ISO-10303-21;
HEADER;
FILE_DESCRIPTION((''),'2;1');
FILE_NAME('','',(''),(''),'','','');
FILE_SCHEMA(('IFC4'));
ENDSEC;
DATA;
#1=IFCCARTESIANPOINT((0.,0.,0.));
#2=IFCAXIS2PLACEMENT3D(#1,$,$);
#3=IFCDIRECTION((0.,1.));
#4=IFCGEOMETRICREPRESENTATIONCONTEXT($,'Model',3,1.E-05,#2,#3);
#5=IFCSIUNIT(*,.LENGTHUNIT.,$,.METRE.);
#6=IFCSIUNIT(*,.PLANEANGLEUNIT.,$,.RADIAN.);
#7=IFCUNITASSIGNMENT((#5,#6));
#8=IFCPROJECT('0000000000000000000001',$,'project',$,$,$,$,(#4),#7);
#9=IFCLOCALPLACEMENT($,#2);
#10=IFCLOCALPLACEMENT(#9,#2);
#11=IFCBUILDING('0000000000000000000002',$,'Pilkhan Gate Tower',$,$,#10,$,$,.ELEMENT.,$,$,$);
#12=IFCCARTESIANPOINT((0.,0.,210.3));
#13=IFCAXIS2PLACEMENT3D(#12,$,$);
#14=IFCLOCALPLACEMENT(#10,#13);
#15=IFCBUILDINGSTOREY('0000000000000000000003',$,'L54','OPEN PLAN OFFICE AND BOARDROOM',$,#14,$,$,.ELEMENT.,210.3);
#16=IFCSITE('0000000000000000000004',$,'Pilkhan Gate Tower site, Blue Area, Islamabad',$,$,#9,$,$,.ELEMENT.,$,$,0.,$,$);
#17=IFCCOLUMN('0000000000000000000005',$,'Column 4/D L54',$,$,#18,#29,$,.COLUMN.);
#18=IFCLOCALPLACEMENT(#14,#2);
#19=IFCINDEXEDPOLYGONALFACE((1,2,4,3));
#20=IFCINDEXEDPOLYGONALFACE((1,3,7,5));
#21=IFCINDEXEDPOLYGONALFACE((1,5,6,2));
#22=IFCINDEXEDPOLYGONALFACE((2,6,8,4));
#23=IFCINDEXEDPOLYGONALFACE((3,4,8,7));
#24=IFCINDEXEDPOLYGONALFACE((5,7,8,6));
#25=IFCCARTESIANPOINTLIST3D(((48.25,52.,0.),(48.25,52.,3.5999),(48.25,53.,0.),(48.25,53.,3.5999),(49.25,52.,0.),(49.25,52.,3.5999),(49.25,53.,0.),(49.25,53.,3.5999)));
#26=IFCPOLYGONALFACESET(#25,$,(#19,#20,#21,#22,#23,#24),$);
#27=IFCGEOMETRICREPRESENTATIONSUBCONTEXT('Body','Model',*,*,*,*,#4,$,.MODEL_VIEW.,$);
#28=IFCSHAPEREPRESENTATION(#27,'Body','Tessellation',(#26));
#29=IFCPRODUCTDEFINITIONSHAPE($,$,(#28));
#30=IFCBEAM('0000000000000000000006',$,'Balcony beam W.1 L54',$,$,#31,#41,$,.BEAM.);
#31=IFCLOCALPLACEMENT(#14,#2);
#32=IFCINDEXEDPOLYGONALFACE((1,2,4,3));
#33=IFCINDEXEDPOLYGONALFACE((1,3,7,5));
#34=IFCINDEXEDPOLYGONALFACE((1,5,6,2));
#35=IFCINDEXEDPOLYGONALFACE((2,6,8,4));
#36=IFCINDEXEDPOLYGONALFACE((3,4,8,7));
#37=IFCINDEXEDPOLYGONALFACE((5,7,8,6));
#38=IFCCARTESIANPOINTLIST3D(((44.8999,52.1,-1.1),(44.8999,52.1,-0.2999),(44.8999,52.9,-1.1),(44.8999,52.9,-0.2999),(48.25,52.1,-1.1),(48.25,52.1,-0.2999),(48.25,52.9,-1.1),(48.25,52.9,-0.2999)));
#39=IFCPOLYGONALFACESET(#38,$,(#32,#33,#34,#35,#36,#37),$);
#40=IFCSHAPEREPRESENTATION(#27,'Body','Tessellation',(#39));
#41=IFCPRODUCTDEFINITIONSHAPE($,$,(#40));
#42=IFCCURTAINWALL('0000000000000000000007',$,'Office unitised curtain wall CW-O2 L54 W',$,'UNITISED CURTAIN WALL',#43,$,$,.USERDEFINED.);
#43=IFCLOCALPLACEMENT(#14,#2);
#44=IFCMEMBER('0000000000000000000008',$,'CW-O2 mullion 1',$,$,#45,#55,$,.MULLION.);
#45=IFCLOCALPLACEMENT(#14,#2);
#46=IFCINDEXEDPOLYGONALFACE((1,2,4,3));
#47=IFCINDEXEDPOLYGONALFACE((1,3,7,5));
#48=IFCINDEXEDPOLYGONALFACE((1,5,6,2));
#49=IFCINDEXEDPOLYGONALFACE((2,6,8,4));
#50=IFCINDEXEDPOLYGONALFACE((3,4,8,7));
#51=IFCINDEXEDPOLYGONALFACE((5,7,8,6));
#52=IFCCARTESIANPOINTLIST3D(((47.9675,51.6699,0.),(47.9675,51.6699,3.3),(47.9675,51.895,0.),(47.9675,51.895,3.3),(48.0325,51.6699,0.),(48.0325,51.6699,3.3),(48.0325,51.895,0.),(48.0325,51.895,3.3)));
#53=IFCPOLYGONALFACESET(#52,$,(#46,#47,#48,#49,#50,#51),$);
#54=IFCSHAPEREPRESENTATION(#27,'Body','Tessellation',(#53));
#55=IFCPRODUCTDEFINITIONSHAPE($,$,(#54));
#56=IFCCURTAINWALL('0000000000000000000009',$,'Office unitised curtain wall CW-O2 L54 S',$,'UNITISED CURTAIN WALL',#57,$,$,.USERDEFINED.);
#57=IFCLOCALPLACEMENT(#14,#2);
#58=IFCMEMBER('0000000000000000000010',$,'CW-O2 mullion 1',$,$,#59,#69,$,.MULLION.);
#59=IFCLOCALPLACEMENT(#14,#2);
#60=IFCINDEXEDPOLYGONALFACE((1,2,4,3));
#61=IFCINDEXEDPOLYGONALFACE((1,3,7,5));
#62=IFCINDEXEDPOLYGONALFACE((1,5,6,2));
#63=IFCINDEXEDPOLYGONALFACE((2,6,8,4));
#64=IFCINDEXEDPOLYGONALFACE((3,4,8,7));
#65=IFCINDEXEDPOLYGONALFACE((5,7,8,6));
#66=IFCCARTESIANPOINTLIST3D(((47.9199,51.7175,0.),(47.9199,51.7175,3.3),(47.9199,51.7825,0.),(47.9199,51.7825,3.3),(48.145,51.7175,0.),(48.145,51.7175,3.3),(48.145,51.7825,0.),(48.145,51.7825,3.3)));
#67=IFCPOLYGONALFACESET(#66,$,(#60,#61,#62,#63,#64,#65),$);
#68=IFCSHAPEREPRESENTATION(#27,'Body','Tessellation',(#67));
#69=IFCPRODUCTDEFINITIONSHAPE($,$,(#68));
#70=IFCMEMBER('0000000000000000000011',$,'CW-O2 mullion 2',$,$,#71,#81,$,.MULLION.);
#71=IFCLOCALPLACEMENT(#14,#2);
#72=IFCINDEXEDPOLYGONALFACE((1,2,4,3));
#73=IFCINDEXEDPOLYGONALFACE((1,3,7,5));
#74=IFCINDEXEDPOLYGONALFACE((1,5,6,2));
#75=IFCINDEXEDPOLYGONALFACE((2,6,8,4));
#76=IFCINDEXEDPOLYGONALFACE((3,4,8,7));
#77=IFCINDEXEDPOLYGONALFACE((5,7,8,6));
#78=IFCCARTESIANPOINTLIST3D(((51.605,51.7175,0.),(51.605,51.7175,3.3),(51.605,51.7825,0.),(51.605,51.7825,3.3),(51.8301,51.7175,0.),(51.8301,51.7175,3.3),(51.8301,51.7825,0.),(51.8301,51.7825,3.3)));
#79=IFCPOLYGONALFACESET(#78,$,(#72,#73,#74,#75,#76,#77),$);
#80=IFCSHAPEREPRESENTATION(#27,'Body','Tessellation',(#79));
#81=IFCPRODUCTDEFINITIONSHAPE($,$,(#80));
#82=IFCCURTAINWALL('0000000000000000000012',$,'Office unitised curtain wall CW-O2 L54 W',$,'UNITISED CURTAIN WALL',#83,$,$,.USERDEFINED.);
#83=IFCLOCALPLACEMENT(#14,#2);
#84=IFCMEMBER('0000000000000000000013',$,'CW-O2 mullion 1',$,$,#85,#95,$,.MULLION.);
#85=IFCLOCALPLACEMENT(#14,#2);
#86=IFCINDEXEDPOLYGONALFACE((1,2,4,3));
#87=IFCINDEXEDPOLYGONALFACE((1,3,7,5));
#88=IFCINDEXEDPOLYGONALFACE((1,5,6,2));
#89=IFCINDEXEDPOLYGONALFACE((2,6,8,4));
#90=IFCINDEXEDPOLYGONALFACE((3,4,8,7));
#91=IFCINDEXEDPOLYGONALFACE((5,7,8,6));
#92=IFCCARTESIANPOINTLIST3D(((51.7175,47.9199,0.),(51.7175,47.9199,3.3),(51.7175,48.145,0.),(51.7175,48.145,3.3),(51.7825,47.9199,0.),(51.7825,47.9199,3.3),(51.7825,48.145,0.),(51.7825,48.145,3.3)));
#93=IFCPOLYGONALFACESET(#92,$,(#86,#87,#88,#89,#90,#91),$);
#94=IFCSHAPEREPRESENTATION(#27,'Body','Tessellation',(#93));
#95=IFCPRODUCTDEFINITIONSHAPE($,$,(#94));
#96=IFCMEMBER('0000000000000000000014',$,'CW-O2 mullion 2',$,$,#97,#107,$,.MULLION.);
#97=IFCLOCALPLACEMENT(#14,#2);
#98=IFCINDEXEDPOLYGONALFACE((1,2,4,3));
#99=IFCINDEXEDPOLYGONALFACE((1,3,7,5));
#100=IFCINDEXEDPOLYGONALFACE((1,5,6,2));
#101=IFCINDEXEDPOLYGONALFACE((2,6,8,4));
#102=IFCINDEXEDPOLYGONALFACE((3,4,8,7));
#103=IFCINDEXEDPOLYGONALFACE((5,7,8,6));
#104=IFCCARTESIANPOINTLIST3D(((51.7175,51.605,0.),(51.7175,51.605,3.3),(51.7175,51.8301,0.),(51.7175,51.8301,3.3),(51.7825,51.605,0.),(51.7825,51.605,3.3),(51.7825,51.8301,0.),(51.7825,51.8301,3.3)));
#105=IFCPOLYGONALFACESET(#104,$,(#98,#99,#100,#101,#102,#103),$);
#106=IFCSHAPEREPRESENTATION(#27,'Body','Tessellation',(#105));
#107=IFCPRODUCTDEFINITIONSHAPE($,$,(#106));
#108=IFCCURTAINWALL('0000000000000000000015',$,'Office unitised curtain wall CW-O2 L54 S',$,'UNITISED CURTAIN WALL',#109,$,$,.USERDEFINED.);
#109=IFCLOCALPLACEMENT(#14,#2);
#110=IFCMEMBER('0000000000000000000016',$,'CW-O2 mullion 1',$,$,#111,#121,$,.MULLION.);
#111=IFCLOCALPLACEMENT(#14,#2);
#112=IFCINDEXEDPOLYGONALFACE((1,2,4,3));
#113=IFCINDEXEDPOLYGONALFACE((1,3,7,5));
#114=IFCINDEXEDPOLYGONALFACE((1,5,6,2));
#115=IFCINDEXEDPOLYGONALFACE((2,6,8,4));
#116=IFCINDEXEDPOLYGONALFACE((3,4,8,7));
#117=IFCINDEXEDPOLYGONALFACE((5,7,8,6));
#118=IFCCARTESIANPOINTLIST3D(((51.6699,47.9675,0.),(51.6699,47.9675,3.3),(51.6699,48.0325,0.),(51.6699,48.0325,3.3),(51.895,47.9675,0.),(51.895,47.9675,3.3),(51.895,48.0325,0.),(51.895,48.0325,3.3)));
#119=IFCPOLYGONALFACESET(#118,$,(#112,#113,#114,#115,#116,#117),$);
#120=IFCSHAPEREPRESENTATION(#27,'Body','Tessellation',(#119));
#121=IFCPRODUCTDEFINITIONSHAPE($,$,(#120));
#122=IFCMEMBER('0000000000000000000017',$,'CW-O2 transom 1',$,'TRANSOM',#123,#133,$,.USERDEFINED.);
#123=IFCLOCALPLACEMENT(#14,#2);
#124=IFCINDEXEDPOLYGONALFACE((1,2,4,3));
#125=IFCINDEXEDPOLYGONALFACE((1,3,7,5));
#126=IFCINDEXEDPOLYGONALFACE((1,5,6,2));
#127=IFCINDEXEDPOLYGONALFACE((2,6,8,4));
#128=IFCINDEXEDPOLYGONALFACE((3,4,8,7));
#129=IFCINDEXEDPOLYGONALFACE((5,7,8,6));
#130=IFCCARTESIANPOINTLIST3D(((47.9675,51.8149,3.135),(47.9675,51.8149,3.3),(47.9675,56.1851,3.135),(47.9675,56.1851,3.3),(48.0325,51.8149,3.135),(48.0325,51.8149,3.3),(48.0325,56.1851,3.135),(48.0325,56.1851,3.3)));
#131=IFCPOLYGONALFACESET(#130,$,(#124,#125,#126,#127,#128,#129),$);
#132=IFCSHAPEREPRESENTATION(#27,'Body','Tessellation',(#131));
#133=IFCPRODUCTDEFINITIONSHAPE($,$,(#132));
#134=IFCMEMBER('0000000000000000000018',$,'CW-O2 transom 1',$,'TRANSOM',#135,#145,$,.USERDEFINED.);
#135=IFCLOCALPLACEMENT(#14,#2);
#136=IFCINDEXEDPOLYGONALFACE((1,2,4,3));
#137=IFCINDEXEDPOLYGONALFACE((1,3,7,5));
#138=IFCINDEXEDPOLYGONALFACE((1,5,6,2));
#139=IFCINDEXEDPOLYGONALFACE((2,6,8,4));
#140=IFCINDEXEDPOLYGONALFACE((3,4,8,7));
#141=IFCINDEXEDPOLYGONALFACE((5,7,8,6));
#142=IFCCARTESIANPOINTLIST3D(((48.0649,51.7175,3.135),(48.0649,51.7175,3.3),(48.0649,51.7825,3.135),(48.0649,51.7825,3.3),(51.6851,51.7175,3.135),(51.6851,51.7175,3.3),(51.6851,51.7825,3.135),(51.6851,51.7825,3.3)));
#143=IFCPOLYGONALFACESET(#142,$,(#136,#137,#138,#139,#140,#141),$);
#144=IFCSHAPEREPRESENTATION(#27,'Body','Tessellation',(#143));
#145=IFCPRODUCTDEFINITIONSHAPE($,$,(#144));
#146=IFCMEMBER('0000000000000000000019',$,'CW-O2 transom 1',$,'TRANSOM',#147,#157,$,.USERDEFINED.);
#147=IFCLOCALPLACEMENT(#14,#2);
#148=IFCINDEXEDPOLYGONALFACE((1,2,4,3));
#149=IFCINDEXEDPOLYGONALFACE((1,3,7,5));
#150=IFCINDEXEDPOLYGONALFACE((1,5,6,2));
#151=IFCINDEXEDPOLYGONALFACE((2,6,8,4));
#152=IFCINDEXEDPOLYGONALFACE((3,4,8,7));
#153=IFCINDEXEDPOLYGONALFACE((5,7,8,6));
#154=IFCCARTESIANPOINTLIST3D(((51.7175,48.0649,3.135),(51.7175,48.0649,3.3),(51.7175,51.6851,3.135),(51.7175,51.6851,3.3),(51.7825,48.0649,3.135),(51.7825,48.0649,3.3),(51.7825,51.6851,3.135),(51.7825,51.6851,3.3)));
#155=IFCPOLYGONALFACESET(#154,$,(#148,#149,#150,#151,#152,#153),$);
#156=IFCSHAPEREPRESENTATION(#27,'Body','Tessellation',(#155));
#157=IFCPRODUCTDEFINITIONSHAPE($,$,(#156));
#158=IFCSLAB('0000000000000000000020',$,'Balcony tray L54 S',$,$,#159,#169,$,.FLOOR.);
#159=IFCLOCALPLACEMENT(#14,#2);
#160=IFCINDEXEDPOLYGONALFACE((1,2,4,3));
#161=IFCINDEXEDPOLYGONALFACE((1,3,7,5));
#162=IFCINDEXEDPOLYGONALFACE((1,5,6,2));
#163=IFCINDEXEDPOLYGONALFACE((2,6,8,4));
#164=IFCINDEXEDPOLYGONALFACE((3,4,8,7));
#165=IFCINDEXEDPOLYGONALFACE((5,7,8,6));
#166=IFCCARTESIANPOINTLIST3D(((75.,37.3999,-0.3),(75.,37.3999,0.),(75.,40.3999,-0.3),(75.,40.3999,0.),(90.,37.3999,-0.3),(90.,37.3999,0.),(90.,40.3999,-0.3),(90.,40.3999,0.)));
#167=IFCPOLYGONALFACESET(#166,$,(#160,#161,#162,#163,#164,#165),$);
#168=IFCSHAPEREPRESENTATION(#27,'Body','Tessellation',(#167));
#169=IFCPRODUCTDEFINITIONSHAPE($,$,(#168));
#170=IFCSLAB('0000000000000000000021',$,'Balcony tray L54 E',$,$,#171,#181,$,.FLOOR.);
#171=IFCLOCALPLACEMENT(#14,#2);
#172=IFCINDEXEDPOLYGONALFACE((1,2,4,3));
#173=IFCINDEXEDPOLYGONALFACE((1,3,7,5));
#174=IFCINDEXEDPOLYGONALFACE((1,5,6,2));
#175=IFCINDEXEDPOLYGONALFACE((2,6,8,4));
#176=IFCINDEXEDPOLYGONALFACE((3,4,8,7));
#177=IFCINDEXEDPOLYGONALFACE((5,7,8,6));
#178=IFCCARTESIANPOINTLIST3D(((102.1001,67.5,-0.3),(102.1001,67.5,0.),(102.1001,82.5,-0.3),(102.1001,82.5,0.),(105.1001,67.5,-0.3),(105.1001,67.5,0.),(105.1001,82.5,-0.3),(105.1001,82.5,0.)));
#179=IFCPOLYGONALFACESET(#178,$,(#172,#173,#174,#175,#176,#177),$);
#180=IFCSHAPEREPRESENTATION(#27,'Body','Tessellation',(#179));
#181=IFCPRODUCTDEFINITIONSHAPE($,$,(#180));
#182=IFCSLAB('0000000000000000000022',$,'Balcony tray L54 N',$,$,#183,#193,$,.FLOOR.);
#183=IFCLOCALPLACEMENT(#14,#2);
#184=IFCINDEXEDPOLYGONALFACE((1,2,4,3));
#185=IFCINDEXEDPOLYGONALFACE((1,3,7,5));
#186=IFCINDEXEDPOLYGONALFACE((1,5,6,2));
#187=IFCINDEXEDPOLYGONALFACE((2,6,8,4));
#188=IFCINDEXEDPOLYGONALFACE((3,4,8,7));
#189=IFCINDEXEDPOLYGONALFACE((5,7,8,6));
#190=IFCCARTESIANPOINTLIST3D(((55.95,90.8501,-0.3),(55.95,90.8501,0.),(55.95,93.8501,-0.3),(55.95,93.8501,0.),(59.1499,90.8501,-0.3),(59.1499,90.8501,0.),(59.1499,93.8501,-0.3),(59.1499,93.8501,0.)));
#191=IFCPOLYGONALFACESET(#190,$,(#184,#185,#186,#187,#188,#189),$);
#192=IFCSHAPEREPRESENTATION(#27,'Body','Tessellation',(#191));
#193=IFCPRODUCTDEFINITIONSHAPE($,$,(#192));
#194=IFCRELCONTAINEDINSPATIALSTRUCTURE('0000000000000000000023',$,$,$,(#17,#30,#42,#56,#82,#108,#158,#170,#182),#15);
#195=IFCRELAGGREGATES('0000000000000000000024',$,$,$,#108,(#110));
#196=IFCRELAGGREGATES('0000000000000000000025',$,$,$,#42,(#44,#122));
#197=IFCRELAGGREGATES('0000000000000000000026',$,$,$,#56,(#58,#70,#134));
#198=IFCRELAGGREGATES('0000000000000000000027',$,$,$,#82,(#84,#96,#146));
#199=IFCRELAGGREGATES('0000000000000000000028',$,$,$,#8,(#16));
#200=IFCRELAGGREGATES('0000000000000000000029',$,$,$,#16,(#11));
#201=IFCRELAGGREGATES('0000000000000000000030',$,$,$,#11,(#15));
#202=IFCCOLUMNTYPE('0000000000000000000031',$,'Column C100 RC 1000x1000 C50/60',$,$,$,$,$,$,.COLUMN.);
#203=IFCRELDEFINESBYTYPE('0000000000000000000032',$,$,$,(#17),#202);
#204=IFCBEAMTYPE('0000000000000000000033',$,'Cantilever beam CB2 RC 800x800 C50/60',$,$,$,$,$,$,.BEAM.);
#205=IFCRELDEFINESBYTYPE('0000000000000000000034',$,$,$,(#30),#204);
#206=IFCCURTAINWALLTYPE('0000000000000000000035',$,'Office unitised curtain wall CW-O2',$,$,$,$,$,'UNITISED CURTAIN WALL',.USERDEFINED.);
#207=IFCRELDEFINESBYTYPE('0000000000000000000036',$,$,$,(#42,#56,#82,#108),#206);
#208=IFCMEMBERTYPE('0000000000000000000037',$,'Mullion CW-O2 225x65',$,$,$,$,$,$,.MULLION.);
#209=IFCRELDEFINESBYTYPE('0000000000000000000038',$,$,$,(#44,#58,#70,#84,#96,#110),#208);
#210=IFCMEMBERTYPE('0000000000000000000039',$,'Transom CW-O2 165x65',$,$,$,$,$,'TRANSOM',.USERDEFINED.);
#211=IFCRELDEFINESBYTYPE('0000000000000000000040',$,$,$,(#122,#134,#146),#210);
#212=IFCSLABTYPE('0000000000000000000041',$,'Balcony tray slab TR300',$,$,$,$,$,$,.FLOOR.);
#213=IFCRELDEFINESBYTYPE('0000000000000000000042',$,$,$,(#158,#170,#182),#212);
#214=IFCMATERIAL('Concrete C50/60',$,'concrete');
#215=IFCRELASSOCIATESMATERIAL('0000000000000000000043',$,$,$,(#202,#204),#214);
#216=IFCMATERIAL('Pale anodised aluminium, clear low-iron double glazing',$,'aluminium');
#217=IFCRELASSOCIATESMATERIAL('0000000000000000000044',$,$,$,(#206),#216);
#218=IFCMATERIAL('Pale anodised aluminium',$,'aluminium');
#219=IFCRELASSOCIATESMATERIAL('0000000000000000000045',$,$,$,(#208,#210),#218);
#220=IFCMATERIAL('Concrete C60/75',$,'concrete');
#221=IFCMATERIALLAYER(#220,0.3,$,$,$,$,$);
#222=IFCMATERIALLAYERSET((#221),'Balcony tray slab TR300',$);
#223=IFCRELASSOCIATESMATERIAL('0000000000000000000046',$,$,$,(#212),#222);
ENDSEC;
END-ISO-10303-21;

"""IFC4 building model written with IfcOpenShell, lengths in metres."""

from ifc_helpers import new_model, si_unit, direction, frame, origin, origin_2d, place, context, subcontext, project, spatial, polyline, rectangle, outline, extrude, material, layer, layer_set, material_profile, profile_set, type_object, element, aggregate, save


model = new_model("IFC4")

# Units and contexts
model_context = context("Model", 3, precision=1e-05, world=origin(), true_north=direction((0.0, 1.0)))
body_context = subcontext(model_context, "Body", "Model", "MODEL_VIEW")
ifc_project = project(units=[si_unit("LENGTHUNIT", "METRE"), si_unit("PLANEANGLEUNIT", "RADIAN")], contexts=[model_context])

# Site, building, storey
site_placement = place(None, origin())
site = spatial("IfcSite", under=ifc_project, at=site_placement, Name="Pilkhan Gate Tower site, Blue Area, Islamabad", CompositionType="ELEMENT", RefElevation=0.0)
building_placement = place(site_placement, origin())
building = spatial("IfcBuilding", under=site, at=building_placement, Name="Pilkhan Gate Tower", CompositionType="ELEMENT")
storey_placement = place(building_placement, frame((0.0, 0.0, 210.3)))
storey = spatial("IfcBuildingStorey", under=building, at=storey_placement, Name="L54", Description="OPEN PLAN OFFICE AND BOARDROOM", CompositionType="ELEMENT", Elevation=210.3)

# Column
ifc_material_1 = material(Name="Concrete C50/60", Category="concrete")
ifc_material_profile_1 = material_profile(ifc_material_1, rectangle(XDim=1.0, YDim=1.0, at=origin_2d()), Name="RC 1000x1000")
ifc_profile_set_1 = profile_set([ifc_material_profile_1], Name="Concrete C50/60")
column_type = type_object("IfcColumnType", Name="Column C100 RC 1000x1000 C50/60", PredefinedType="COLUMN", material=ifc_profile_set_1)
column_placement = place(storey_placement, frame((48.75, 52.5, 0.0), z_axis=(0.0, 0.0, 1.0), x_axis=(1.0, 0.0, 0.0)))
element("IfcColumn", 1, at=column_placement, inside=storey, type_object=column_type, Name="Column 4/D L54", PredefinedType="COLUMN", context=body_context, shape_type="SweptSolid", body=[
    extrude(rectangle(XDim=1.0, YDim=1.0, at=origin_2d()), origin(), (0.0, 0.0, 1.0), 3.5999),
])

# Beam
ifc_material_profile_2 = material_profile(ifc_material_1, rectangle(XDim=0.8, YDim=0.8, at=origin_2d()), Name="RC 800x800")
ifc_profile_set_2 = profile_set([ifc_material_profile_2], Name="Concrete C50/60")
beam_type = type_object("IfcBeamType", Name="Cantilever beam CB2 RC 800x800 C50/60", PredefinedType="BEAM", material=ifc_profile_set_2)
beam_placement = place(storey_placement, frame((48.25, 52.5, -0.7), z_axis=(-1.0, 0.0, 0.0), x_axis=(0.0, -1.0, 0.0)))
element("IfcBeam", 2, at=beam_placement, inside=storey, type_object=beam_type, Name="Balcony beam W.1 L54", PredefinedType="BEAM", context=body_context, shape_type="SweptSolid", body=[
    extrude(rectangle(XDim=0.8, YDim=0.8, at=origin_2d()), origin(), (0.0, 0.0, 1.0), 3.3501),
])

# Curtain wall, member
ifc_material_2 = material(Name="Pale anodised aluminium, clear low-iron double glazing", Category="aluminium")
curtain_wall_type = type_object("IfcCurtainWallType", Name="Office unitised curtain wall CW-O2", ElementType="UNITISED CURTAIN WALL", PredefinedType="USERDEFINED", material=ifc_material_2)
curtain_wall_1_placement = place(storey_placement, origin())
curtain_wall_1 = element("IfcCurtainWall", 3, at=curtain_wall_1_placement, inside=storey, type_object=curtain_wall_type, Name="Office unitised curtain wall CW-O2 L54 W", ObjectType="UNITISED CURTAIN WALL", PredefinedType="USERDEFINED")
ifc_material_3 = material(Name="Pale anodised aluminium", Category="aluminium")
ifc_material_profile_3 = material_profile(ifc_material_3, rectangle(XDim=0.0649, YDim=0.2251, at=origin_2d()), Name="Mullion 225x65")
ifc_profile_set_3 = profile_set([ifc_material_profile_3], Name="Pale anodised aluminium")
member_type_1 = type_object("IfcMemberType", Name="Mullion CW-O2 225x65", PredefinedType="MULLION", material=ifc_profile_set_3)
member_1_placement = place(storey_placement, frame((48.0, 51.7825, 0.0), z_axis=(0.0, 0.0, 1.0), x_axis=(-1.0, 0.0, 0.0)))
member_1 = element("IfcMember", 4, at=member_1_placement, type_object=member_type_1, Name="CW-O2 mullion 1", PredefinedType="MULLION", context=body_context, shape_type="SweptSolid", body=[
    extrude(rectangle(XDim=0.0649, YDim=0.2251, at=origin_2d()), origin(), (0.0, 0.0, 1.0), 3.3),
])

# Curtain walls, members
curtain_wall_2_placement = place(storey_placement, origin())
curtain_wall_2 = element("IfcCurtainWall", 5, at=curtain_wall_2_placement, inside=storey, type_object=curtain_wall_type, Name="Office unitised curtain wall CW-O2 L54 S", ObjectType="UNITISED CURTAIN WALL", PredefinedType="USERDEFINED")
member_2_placement = place(storey_placement, frame((48.0325, 51.75, 0.0), z_axis=(0.0, 0.0, 1.0), x_axis=(0.0, 1.0, 0.0)))
member_2 = element("IfcMember", 6, at=member_2_placement, type_object=member_type_1, Name="CW-O2 mullion 1", PredefinedType="MULLION", context=body_context, shape_type="SweptSolid", body=[
    extrude(rectangle(XDim=0.0649, YDim=0.2251, at=origin_2d()), origin(), (0.0, 0.0, 1.0), 3.3),
])
member_3_placement = place(storey_placement, frame((51.7175, 51.75, 0.0), z_axis=(0.0, 0.0, 1.0), x_axis=(0.0, 1.0, 0.0)))
member_3 = element("IfcMember", 7, at=member_3_placement, type_object=member_type_1, Name="CW-O2 mullion 2", PredefinedType="MULLION", context=body_context, shape_type="SweptSolid", body=[
    extrude(rectangle(XDim=0.0649, YDim=0.2251, at=origin_2d()), origin(), (0.0, 0.0, 1.0), 3.3),
])
curtain_wall_3_placement = place(storey_placement, origin())
curtain_wall_3 = element("IfcCurtainWall", 8, at=curtain_wall_3_placement, inside=storey, type_object=curtain_wall_type, Name="Office unitised curtain wall CW-O2 L54 W", ObjectType="UNITISED CURTAIN WALL", PredefinedType="USERDEFINED")
member_4_placement = place(storey_placement, frame((51.75, 48.0325, 0.0), z_axis=(0.0, 0.0, 1.0), x_axis=(-1.0, 0.0, 0.0)))
member_4 = element("IfcMember", 9, at=member_4_placement, type_object=member_type_1, Name="CW-O2 mullion 1", PredefinedType="MULLION", context=body_context, shape_type="SweptSolid", body=[
    extrude(rectangle(XDim=0.0649, YDim=0.2251, at=origin_2d()), origin(), (0.0, 0.0, 1.0), 3.3),
])
member_5_placement = place(storey_placement, frame((51.75, 51.7175, 0.0), z_axis=(0.0, 0.0, 1.0), x_axis=(-1.0, 0.0, 0.0)))
member_5 = element("IfcMember", 10, at=member_5_placement, type_object=member_type_1, Name="CW-O2 mullion 2", PredefinedType="MULLION", context=body_context, shape_type="SweptSolid", body=[
    extrude(rectangle(XDim=0.0649, YDim=0.2251, at=origin_2d()), origin(), (0.0, 0.0, 1.0), 3.3),
])

# Curtain wall, member
curtain_wall_4_placement = place(storey_placement, origin())
curtain_wall_4 = element("IfcCurtainWall", 11, at=curtain_wall_4_placement, inside=storey, type_object=curtain_wall_type, Name="Office unitised curtain wall CW-O2 L54 S", ObjectType="UNITISED CURTAIN WALL", PredefinedType="USERDEFINED")
member_6_placement = place(storey_placement, frame((51.7825, 48.0, 0.0), z_axis=(0.0, 0.0, 1.0), x_axis=(0.0, 1.0, 0.0)))
member_6 = element("IfcMember", 12, at=member_6_placement, type_object=member_type_1, Name="CW-O2 mullion 1", PredefinedType="MULLION", context=body_context, shape_type="SweptSolid", body=[
    extrude(rectangle(XDim=0.0649, YDim=0.2251, at=origin_2d()), origin(), (0.0, 0.0, 1.0), 3.3),
])
aggregate(curtain_wall_4, [member_6])

# Members
ifc_material_profile_4 = material_profile(ifc_material_3, rectangle(XDim=0.0649, YDim=0.165, at=origin_2d()), Name="Transom 165x65")
ifc_profile_set_4 = profile_set([ifc_material_profile_4], Name="Pale anodised aluminium")
member_type_2 = type_object("IfcMemberType", Name="Transom CW-O2 165x65", ElementType="TRANSOM", PredefinedType="USERDEFINED", material=ifc_profile_set_4)
member_7_placement = place(storey_placement, frame((48.0, 51.8149, 3.2175), z_axis=(0.0, 1.0, 0.0), x_axis=(-1.0, 0.0, 0.0)))
member_7 = element("IfcMember", 13, at=member_7_placement, type_object=member_type_2, Name="CW-O2 transom 1", ObjectType="TRANSOM", PredefinedType="USERDEFINED", context=body_context, shape_type="SweptSolid", body=[
    extrude(rectangle(XDim=0.0649, YDim=0.165, at=origin_2d()), origin(), (0.0, 0.0, 1.0), 4.3701),
])
aggregate(curtain_wall_1, [member_1, member_7])
member_8_placement = place(storey_placement, frame((48.0649, 51.75, 3.2175), z_axis=(1.0, 0.0, 0.0), x_axis=(0.0, 1.0, 0.0)))
member_8 = element("IfcMember", 14, at=member_8_placement, type_object=member_type_2, Name="CW-O2 transom 1", ObjectType="TRANSOM", PredefinedType="USERDEFINED", context=body_context, shape_type="SweptSolid", body=[
    extrude(rectangle(XDim=0.0649, YDim=0.165, at=origin_2d()), origin(), (0.0, 0.0, 1.0), 3.6201),
])
member_9_placement = place(storey_placement, frame((51.75, 48.0649, 3.2175), z_axis=(0.0, 1.0, 0.0), x_axis=(-1.0, 0.0, 0.0)))
member_9 = element("IfcMember", 15, at=member_9_placement, type_object=member_type_2, Name="CW-O2 transom 1", ObjectType="TRANSOM", PredefinedType="USERDEFINED", context=body_context, shape_type="SweptSolid", body=[
    extrude(rectangle(XDim=0.0649, YDim=0.165, at=origin_2d()), origin(), (0.0, 0.0, 1.0), 3.6201),
])

# Slabs
ifc_material_4 = material(Name="Concrete C60/75", Category="concrete")
ifc_layer_1 = layer(ifc_material_4, 0.3)
ifc_layer_set_1 = layer_set([ifc_layer_1], Name="Balcony tray slab TR300")
slab_type_1 = type_object("IfcSlabType", Name="Balcony tray slab TR300", PredefinedType="FLOOR", material=ifc_layer_set_1)
slab_1_placement = place(storey_placement, frame((0.0, 0.0, -0.3)))
element("IfcSlab", 16, at=slab_1_placement, inside=storey, type_object=slab_type_1, Name="Balcony tray L54 S", PredefinedType="FLOOR", context=body_context, shape_type="SweptSolid", body=[
    extrude(outline(polyline([(90.0, 37.3999), (90.0, 40.3999), (75.0, 40.3999), (75.0, 37.3999), (90.0, 37.3999)])), origin(), (0.0, 0.0, 1.0), 0.3),
])
slab_2_placement = place(storey_placement, frame((0.0, 0.0, -0.3)))
element("IfcSlab", 17, at=slab_2_placement, inside=storey, type_object=slab_type_1, Name="Balcony tray L54 E", PredefinedType="FLOOR", context=body_context, shape_type="SweptSolid", body=[
    extrude(outline(polyline([(105.1001, 67.5), (105.1001, 82.5), (102.1001, 82.5), (102.1001, 67.5), (105.1001, 67.5)])), origin(), (0.0, 0.0, 1.0), 0.3),
])
slab_3_placement = place(storey_placement, frame((0.0, 0.0, -0.3)))
element("IfcSlab", 18, at=slab_3_placement, inside=storey, type_object=slab_type_1, Name="Balcony tray L54 N", PredefinedType="FLOOR", context=body_context, shape_type="SweptSolid", body=[
    extrude(outline(polyline([(59.1499, 90.8501), (59.1499, 93.8501), (55.95, 93.8501), (55.95, 90.8501), (59.1499, 90.8501)])), origin(), (0.0, 0.0, 1.0), 0.3),
])

aggregate(curtain_wall_2, [member_2, member_3, member_8])
aggregate(curtain_wall_3, [member_4, member_5, member_9])

save(model, "model.ifc")
